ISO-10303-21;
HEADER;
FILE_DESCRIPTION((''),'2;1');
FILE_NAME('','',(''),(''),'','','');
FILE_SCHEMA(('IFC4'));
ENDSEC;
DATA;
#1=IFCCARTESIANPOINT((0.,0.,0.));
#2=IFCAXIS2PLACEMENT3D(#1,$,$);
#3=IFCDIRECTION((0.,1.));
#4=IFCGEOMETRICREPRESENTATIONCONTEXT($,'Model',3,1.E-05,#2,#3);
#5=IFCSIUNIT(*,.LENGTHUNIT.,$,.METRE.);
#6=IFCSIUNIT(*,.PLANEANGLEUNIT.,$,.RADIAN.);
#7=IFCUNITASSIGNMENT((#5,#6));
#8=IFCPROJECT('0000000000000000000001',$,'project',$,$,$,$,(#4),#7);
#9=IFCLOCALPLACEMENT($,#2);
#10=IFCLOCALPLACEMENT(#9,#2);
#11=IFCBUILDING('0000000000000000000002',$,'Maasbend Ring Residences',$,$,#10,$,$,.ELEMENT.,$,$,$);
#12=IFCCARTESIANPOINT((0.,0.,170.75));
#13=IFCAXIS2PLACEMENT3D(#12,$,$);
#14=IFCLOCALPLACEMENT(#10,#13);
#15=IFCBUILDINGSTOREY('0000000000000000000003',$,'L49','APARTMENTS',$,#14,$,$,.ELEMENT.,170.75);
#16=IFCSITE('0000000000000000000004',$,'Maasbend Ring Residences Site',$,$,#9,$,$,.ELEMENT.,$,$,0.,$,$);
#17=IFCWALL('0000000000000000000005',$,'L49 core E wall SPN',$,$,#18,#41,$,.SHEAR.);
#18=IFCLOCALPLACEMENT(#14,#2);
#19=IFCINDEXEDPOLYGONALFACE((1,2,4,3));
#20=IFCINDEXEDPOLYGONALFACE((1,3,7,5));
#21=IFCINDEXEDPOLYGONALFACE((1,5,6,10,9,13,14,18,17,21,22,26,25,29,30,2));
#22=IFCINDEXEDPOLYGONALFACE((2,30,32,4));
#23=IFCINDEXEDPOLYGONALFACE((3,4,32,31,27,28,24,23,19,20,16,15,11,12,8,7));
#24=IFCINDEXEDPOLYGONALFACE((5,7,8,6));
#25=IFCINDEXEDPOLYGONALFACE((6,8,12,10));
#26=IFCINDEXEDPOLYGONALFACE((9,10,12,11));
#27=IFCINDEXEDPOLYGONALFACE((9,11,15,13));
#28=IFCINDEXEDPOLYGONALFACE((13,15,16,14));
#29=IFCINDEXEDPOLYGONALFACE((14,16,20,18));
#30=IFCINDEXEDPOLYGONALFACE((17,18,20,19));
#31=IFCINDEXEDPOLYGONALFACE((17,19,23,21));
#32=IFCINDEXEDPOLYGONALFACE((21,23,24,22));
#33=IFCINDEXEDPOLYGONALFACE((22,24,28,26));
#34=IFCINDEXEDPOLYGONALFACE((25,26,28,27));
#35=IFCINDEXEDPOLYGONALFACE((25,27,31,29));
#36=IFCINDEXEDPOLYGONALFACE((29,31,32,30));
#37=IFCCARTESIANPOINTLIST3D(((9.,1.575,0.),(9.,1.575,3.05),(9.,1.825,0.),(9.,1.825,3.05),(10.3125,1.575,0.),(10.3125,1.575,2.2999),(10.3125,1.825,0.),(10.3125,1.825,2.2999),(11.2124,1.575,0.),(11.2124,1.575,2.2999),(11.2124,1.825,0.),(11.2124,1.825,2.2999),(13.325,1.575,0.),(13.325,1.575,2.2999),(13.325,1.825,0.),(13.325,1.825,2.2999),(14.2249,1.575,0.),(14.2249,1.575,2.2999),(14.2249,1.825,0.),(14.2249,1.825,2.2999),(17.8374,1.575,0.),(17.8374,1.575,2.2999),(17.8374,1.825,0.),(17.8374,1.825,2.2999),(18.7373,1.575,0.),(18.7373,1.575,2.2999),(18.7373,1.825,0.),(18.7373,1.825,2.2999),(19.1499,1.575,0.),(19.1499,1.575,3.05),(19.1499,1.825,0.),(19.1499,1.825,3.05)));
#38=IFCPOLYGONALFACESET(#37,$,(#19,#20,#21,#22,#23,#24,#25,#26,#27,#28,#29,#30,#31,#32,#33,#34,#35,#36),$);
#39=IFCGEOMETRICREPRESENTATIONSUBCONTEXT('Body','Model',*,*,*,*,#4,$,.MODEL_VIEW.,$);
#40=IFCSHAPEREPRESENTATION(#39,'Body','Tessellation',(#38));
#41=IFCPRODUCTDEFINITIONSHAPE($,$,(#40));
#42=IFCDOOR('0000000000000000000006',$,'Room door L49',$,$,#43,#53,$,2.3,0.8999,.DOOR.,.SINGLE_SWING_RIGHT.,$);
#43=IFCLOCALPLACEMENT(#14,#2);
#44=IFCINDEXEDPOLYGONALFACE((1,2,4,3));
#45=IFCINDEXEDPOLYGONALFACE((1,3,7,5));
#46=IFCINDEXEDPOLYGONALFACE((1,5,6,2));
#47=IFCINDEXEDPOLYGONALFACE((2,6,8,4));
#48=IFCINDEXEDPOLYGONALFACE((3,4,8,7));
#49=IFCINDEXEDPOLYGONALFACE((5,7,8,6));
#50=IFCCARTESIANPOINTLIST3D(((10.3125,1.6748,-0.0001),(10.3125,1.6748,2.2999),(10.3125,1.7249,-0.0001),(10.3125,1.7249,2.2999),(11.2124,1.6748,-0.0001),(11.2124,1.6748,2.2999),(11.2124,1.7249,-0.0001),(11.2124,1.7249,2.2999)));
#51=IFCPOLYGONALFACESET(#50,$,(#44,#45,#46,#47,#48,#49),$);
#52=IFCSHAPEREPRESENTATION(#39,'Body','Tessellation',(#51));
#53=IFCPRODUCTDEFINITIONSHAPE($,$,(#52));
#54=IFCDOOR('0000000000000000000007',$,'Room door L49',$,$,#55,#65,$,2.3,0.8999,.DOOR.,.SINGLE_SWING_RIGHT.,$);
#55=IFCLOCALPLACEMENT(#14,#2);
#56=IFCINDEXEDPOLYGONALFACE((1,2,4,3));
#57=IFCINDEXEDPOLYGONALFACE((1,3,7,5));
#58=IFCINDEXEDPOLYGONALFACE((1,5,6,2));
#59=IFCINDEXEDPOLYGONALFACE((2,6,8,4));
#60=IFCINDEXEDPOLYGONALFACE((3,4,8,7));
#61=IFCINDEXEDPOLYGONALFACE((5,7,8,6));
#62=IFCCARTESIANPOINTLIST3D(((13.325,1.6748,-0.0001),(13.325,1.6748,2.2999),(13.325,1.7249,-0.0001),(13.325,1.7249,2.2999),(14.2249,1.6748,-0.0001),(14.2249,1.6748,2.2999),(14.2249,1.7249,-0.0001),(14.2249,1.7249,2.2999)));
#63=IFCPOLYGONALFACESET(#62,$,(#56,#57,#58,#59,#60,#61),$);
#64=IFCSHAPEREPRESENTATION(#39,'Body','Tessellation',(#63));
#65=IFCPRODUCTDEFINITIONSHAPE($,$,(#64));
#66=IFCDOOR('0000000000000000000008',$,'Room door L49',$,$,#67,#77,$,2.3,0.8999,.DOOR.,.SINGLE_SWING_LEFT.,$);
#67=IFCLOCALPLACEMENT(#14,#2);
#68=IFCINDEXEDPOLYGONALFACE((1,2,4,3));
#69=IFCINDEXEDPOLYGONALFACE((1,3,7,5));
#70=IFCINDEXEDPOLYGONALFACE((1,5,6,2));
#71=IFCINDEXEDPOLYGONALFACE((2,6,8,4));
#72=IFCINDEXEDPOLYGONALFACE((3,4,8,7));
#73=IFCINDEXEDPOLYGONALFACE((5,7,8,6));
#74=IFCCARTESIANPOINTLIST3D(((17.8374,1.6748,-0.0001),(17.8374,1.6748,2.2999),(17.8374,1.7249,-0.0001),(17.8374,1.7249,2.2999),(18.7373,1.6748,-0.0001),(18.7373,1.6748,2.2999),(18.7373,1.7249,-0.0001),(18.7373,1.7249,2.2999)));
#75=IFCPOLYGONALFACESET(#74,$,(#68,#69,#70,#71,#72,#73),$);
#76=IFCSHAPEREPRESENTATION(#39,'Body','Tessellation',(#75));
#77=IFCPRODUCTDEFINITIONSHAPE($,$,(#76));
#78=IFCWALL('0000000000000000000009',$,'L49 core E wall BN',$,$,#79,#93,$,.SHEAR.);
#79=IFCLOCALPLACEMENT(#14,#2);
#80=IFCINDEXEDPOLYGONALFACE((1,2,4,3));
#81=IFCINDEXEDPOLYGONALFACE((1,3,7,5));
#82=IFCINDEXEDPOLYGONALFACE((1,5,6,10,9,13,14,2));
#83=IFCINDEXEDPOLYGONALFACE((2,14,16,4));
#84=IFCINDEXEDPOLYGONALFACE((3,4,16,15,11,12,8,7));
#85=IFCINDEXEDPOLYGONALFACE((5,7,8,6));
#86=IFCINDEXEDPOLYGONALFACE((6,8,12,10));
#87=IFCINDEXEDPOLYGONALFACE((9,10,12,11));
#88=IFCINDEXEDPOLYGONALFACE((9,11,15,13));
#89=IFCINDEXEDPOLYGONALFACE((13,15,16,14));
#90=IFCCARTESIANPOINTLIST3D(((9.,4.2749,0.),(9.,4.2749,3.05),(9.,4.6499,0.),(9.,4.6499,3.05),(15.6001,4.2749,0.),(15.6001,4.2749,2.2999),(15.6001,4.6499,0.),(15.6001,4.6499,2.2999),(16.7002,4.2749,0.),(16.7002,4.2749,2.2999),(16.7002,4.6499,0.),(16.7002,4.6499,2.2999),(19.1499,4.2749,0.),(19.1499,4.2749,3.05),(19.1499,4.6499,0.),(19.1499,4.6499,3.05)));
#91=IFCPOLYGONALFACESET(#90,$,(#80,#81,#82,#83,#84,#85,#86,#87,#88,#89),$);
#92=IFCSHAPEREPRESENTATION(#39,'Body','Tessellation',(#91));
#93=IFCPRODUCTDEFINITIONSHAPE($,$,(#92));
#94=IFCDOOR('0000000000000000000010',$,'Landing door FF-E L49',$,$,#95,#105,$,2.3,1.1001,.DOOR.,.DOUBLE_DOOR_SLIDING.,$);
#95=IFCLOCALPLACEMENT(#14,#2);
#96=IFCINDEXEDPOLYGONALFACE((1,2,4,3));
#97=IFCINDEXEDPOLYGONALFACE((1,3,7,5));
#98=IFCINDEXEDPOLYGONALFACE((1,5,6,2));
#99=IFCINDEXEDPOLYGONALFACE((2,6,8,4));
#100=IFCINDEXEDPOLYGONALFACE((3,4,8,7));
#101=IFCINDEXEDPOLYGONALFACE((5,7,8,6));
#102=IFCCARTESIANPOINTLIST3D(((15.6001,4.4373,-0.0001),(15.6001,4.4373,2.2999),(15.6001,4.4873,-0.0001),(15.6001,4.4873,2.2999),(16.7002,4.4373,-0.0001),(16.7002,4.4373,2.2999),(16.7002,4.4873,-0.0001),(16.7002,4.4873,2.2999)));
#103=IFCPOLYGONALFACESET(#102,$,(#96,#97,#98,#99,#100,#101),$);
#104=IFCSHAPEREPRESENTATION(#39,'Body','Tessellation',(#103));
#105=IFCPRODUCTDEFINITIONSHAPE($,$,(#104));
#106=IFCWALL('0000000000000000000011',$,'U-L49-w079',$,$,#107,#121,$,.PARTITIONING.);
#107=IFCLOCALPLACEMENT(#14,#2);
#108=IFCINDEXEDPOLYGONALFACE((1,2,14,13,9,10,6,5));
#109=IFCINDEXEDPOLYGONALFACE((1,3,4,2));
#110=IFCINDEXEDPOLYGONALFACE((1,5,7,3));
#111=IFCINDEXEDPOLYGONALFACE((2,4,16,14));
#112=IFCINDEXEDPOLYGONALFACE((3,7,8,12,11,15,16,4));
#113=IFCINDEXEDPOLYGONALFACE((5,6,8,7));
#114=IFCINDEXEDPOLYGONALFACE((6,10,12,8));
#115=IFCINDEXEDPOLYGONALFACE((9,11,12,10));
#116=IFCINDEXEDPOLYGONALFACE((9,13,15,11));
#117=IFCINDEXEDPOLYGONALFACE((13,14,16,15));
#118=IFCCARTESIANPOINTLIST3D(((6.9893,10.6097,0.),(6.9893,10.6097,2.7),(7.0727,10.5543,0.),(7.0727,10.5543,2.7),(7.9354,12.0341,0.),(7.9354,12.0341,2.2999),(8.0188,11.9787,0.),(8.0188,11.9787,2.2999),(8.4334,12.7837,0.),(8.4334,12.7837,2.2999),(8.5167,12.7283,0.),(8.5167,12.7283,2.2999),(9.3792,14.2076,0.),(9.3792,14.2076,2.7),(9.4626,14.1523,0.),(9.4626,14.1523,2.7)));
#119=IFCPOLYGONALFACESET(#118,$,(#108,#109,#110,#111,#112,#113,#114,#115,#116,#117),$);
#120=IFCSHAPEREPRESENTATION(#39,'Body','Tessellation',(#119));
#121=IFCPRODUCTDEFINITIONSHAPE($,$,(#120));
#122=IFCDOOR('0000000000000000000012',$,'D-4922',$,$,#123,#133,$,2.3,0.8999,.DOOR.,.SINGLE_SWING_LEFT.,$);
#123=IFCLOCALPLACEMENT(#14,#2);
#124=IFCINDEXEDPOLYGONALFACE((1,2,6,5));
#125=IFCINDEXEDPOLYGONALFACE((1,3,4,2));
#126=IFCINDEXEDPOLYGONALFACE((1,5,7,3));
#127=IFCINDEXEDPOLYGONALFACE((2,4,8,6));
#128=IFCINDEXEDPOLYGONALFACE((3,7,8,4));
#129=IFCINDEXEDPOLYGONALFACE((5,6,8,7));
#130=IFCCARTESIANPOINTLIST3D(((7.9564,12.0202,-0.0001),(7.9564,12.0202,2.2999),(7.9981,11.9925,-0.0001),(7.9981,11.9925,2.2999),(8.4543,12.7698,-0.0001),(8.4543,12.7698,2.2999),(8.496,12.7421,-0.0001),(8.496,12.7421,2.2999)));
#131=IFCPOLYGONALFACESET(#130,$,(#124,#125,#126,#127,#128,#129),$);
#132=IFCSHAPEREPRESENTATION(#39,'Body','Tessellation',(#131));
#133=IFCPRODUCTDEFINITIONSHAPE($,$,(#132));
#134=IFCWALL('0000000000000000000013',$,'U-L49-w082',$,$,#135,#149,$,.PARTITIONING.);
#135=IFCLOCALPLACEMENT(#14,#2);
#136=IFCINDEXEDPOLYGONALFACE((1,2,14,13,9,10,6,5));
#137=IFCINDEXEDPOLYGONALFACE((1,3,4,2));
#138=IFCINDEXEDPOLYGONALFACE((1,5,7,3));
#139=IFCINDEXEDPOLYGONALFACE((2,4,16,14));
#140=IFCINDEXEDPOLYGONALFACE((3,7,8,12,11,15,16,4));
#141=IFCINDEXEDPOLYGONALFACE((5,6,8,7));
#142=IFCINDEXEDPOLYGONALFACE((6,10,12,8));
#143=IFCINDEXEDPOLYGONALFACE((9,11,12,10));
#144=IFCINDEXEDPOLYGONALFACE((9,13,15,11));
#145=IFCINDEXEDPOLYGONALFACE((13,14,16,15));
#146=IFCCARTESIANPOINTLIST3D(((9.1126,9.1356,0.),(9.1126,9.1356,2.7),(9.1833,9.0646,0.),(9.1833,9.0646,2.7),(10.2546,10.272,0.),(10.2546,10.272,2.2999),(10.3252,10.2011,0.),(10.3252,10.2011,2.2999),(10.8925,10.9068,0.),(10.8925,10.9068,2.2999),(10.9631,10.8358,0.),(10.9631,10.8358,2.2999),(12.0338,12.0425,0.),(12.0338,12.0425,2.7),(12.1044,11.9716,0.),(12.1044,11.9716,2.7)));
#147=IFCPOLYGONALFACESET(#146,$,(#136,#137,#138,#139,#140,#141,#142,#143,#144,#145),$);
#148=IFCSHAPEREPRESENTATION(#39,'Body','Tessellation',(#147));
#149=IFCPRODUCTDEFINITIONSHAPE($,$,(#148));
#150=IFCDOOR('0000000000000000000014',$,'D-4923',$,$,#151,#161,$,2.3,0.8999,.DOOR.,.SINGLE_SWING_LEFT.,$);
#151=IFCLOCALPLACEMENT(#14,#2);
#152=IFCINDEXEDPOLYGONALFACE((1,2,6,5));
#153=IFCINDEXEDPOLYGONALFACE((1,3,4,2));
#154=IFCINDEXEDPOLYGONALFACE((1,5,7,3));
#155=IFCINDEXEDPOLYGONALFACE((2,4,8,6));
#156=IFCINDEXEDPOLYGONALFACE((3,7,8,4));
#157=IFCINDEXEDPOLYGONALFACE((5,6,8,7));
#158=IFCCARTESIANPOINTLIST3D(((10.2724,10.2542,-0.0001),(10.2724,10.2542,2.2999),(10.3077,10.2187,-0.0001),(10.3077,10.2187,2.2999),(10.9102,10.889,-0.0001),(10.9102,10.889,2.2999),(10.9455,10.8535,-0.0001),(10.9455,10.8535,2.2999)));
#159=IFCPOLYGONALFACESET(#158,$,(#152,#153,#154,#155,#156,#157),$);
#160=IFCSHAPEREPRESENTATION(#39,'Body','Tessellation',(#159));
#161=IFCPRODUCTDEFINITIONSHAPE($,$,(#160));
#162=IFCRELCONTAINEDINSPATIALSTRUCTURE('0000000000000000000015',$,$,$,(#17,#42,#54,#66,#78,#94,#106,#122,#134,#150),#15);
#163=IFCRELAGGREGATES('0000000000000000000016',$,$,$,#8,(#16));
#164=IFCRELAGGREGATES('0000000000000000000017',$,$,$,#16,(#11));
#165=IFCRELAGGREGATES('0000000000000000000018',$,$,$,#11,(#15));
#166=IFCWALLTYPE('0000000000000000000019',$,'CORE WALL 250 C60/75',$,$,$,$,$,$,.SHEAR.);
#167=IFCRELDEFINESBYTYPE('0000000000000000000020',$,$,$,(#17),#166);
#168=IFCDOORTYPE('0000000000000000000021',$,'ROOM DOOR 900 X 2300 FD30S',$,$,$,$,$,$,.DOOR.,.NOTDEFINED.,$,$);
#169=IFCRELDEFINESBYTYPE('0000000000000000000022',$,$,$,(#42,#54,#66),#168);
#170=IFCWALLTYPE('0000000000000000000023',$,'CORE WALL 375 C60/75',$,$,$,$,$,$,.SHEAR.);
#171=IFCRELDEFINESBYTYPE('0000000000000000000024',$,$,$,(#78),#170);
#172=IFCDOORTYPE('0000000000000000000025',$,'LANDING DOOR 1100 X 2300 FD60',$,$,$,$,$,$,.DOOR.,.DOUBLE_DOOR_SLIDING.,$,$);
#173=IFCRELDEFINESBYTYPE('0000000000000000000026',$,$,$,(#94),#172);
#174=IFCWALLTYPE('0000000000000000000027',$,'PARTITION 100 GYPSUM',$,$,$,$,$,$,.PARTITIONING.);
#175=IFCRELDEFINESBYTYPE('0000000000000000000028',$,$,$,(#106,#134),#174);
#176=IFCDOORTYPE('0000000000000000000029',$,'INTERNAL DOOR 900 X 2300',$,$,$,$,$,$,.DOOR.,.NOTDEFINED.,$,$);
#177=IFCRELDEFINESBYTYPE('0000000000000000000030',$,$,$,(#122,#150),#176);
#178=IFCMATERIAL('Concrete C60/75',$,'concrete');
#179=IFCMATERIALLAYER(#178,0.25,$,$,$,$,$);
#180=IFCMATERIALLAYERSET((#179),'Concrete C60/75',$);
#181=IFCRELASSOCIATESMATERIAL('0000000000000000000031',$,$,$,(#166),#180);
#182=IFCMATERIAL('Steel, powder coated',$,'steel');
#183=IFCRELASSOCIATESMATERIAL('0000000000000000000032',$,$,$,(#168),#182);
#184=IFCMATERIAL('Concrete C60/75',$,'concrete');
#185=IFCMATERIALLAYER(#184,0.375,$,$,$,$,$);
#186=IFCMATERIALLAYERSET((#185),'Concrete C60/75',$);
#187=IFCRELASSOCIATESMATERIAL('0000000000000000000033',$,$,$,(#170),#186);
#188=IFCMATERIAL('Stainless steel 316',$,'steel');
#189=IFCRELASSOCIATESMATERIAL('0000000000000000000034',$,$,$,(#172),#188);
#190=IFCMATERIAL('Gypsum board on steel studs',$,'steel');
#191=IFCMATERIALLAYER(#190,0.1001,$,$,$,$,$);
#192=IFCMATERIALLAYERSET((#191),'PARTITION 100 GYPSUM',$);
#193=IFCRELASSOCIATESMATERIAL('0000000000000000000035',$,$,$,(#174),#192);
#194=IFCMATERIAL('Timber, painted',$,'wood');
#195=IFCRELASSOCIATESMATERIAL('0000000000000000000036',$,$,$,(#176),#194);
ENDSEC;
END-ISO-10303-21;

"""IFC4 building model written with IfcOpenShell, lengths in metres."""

from ifc_helpers import new_model, si_unit, direction, frame, frame_2d, origin, place, context, subcontext, project, spatial, rectangle, extrude, material, layer, layer_set, type_object, element, fill, save


model = new_model("IFC4")

# Units and contexts
model_context = context("Model", 3, precision=1e-05, world=origin(), true_north=direction((0.0, 1.0)))
body_context = subcontext(model_context, "Body", "Model", "MODEL_VIEW")
ifc_project = project(units=[si_unit("LENGTHUNIT", "METRE"), si_unit("PLANEANGLEUNIT", "RADIAN")], contexts=[model_context])

# Site, building, storey
site_placement = place(None, origin())
site = spatial("IfcSite", under=ifc_project, at=site_placement, Name="Maasbend Ring Residences Site", CompositionType="ELEMENT", RefElevation=0.0)
building_placement = place(site_placement, origin())
building = spatial("IfcBuilding", under=site, at=building_placement, Name="Maasbend Ring Residences", CompositionType="ELEMENT")
storey_placement = place(building_placement, frame((0.0, 0.0, 170.75)))
storey = spatial("IfcBuildingStorey", under=building, at=storey_placement, Name="L49", Description="APARTMENTS", CompositionType="ELEMENT", Elevation=170.75)

# Wall, openings, doors
ifc_material_1 = material(Name="Concrete C60/75", Category="concrete")
ifc_layer_1 = layer(ifc_material_1, 0.25)
ifc_layer_set_1 = layer_set([ifc_layer_1], Name="Concrete C60/75")
wall_type_1 = type_object("IfcWallType", Name="CORE WALL 250 C60/75", PredefinedType="SHEAR", material=ifc_layer_set_1)
wall_1_placement = place(storey_placement, frame((9.0, 1.7, 0.0), z_axis=(0.0, 0.0, 1.0), x_axis=(1.0, 0.0, 0.0)))
wall_1 = element("IfcWall", 1, at=wall_1_placement, inside=storey, type_object=wall_type_1, Name="L49 core E wall SPN", PredefinedType="SHEAR", context=body_context, shape_type="SweptSolid", body=[
    extrude(rectangle(XDim=10.1499, YDim=0.25, at=frame_2d((5.075, 0.0))), origin(), (0.0, 0.0, 1.0), 3.05),
])
opening_1_placement = place(wall_1_placement, frame((1.3125, 0.0, 0.0)))
opening_1 = element("IfcOpeningElement", 2, at=opening_1_placement, cuts=wall_1, PredefinedType="OPENING", context=body_context, shape_type="SweptSolid", body=[
    extrude(rectangle(XDim=0.8999, YDim=2.3, at=frame_2d((0.45, 1.1499))), frame((0.0, 0.135, 0.0), z_axis=(0.0, -1.0, 0.0), x_axis=(1.0, 0.0, 0.0)), (0.0, 0.0, 1.0), 0.27),
])
opening_2_placement = place(wall_1_placement, frame((4.325, 0.0, 0.0)))
opening_2 = element("IfcOpeningElement", 3, at=opening_2_placement, cuts=wall_1, PredefinedType="OPENING", context=body_context, shape_type="SweptSolid", body=[
    extrude(rectangle(XDim=0.8999, YDim=2.3, at=frame_2d((0.45, 1.1499))), frame((0.0, 0.135, 0.0), z_axis=(0.0, -1.0, 0.0), x_axis=(1.0, 0.0, 0.0)), (0.0, 0.0, 1.0), 0.27),
])
opening_3_placement = place(wall_1_placement, frame((8.8374, 0.0, 0.0)))
opening_3 = element("IfcOpeningElement", 4, at=opening_3_placement, cuts=wall_1, PredefinedType="OPENING", context=body_context, shape_type="SweptSolid", body=[
    extrude(rectangle(XDim=0.8999, YDim=2.3, at=frame_2d((0.45, 1.1499))), frame((0.0, 0.135, 0.0), z_axis=(0.0, -1.0, 0.0), x_axis=(1.0, 0.0, 0.0)), (0.0, 0.0, 1.0), 0.27),
])
ifc_material_2 = material(Name="Steel, powder coated", Category="steel")
door_type_1 = type_object("IfcDoorType", Name="ROOM DOOR 900 X 2300 FD30S", OperationType="NOTDEFINED", PredefinedType="DOOR", material=ifc_material_2)
door_1_placement = place(opening_1_placement, origin())
door_1 = element("IfcDoor", 5, at=door_1_placement, inside=storey, type_object=door_type_1, Name="Room door L49", OperationType="SINGLE_SWING_RIGHT", OverallHeight=2.3, OverallWidth=0.8999, PredefinedType="DOOR", context=body_context, shape_type="SweptSolid", body=[
    extrude(rectangle(XDim=0.8999, YDim=2.3, at=frame_2d((0.45, 1.1499))), frame((0.0, 0.0249, 0.0), z_axis=(0.0, -1.0, 0.0), x_axis=(1.0, 0.0, 0.0)), (0.0, 0.0, 1.0), 0.05),
])
fill(opening_1, door_1)
door_2_placement = place(opening_2_placement, origin())
door_2 = element("IfcDoor", 6, at=door_2_placement, inside=storey, type_object=door_type_1, Name="Room door L49", OperationType="SINGLE_SWING_RIGHT", OverallHeight=2.3, OverallWidth=0.8999, PredefinedType="DOOR", context=body_context, shape_type="SweptSolid", body=[
    extrude(rectangle(XDim=0.8999, YDim=2.3, at=frame_2d((0.45, 1.1499))), frame((0.0, 0.0249, 0.0), z_axis=(0.0, -1.0, 0.0), x_axis=(1.0, 0.0, 0.0)), (0.0, 0.0, 1.0), 0.05),
])
fill(opening_2, door_2)
door_3_placement = place(opening_3_placement, origin())
door_3 = element("IfcDoor", 7, at=door_3_placement, inside=storey, type_object=door_type_1, Name="Room door L49", OperationType="SINGLE_SWING_LEFT", OverallHeight=2.3, OverallWidth=0.8999, PredefinedType="DOOR", context=body_context, shape_type="SweptSolid", body=[
    extrude(rectangle(XDim=0.8999, YDim=2.3, at=frame_2d((0.45, 1.1499))), frame((0.0, 0.0249, 0.0), z_axis=(0.0, -1.0, 0.0), x_axis=(1.0, 0.0, 0.0)), (0.0, 0.0, 1.0), 0.05),
])
fill(opening_3, door_3)

# Walls, openings, doors
ifc_material_3 = material(Name="Concrete C60/75", Category="concrete")
ifc_layer_2 = layer(ifc_material_3, 0.375)
ifc_layer_set_2 = layer_set([ifc_layer_2], Name="Concrete C60/75")
wall_type_2 = type_object("IfcWallType", Name="CORE WALL 375 C60/75", PredefinedType="SHEAR", material=ifc_layer_set_2)
wall_2_placement = place(storey_placement, frame((9.0, 4.4624, 0.0), z_axis=(0.0, 0.0, 1.0), x_axis=(1.0, 0.0, 0.0)))
wall_2 = element("IfcWall", 8, at=wall_2_placement, inside=storey, type_object=wall_type_2, Name="L49 core E wall BN", PredefinedType="SHEAR", context=body_context, shape_type="SweptSolid", body=[
    extrude(rectangle(XDim=10.1499, YDim=0.375, at=frame_2d((5.075, 0.0))), origin(), (0.0, 0.0, 1.0), 3.05),
])
opening_4_placement = place(wall_2_placement, frame((6.6001, 0.0, 0.0)))
opening_4 = element("IfcOpeningElement", 9, at=opening_4_placement, cuts=wall_2, PredefinedType="OPENING", context=body_context, shape_type="SweptSolid", body=[
    extrude(rectangle(XDim=1.1001, YDim=2.3, at=frame_2d((0.55, 1.1499))), frame((0.0, 0.1975, 0.0), z_axis=(0.0, -1.0, 0.0), x_axis=(1.0, 0.0, 0.0)), (0.0, 0.0, 1.0), 0.395),
])
ifc_material_4 = material(Name="Stainless steel 316", Category="steel")
door_type_2 = type_object("IfcDoorType", Name="LANDING DOOR 1100 X 2300 FD60", OperationType="DOUBLE_DOOR_SLIDING", PredefinedType="DOOR", material=ifc_material_4)
door_4_placement = place(opening_4_placement, origin())
door_4 = element("IfcDoor", 10, at=door_4_placement, inside=storey, type_object=door_type_2, Name="Landing door FF-E L49", OperationType="DOUBLE_DOOR_SLIDING", OverallHeight=2.3, OverallWidth=1.1001, PredefinedType="DOOR", context=body_context, shape_type="SweptSolid", body=[
    extrude(rectangle(XDim=1.1001, YDim=2.3, at=frame_2d((0.55, 1.1499))), frame((0.0, 0.0249, 0.0), z_axis=(0.0, -1.0, 0.0), x_axis=(1.0, 0.0, 0.0)), (0.0, 0.0, 1.0), 0.05),
])
fill(opening_4, door_4)
ifc_material_5 = material(Name="Gypsum board on steel studs", Category="steel")
ifc_layer_3 = layer(ifc_material_5, 0.1001)
ifc_layer_set_3 = layer_set([ifc_layer_3], Name="PARTITION 100 GYPSUM")
wall_type_3 = type_object("IfcWallType", Name="PARTITION 100 GYPSUM", PredefinedType="PARTITIONING", material=ifc_layer_set_3)
wall_3_placement = place(storey_placement, frame((7.031, 10.582, 0.0), z_axis=(0.0, 0.0, 1.0), x_axis=(0.553304, 0.83298, 0.0)))
wall_3 = element("IfcWall", 11, at=wall_3_placement, inside=storey, type_object=wall_type_3, Name="U-L49-w079", PredefinedType="PARTITIONING", context=body_context, shape_type="SweptSolid", body=[
    extrude(rectangle(XDim=4.3193, YDim=0.1001, at=frame_2d((2.1597, 0.0))), origin(), (0.0, 0.0, 1.0), 2.7),
])
opening_5_placement = place(wall_3_placement, frame((1.71, 0.0, 0.0)))
opening_5 = element("IfcOpeningElement", 12, at=opening_5_placement, cuts=wall_3, PredefinedType="OPENING", context=body_context, shape_type="SweptSolid", body=[
    extrude(rectangle(XDim=0.8999, YDim=2.3, at=frame_2d((0.45, 1.1499))), frame((0.0, 0.0601, 0.0), z_axis=(0.0, -1.0, 0.0), x_axis=(1.0, 0.0, 0.0)), (0.0, 0.0, 1.0), 0.1201),
])
ifc_material_6 = material(Name="Timber, painted", Category="wood")
door_type_3 = type_object("IfcDoorType", Name="INTERNAL DOOR 900 X 2300", OperationType="NOTDEFINED", PredefinedType="DOOR", material=ifc_material_6)
door_5_placement = place(opening_5_placement, origin())
door_5 = element("IfcDoor", 13, at=door_5_placement, inside=storey, type_object=door_type_3, Name="D-4922", OperationType="SINGLE_SWING_LEFT", OverallHeight=2.3, OverallWidth=0.8999, PredefinedType="DOOR", context=body_context, shape_type="SweptSolid", body=[
    extrude(rectangle(XDim=0.8999, YDim=2.3, at=frame_2d((0.45, 1.1499))), frame((0.0, 0.0249, 0.0), z_axis=(0.0, -1.0, 0.0), x_axis=(1.0, 0.0, 0.0)), (0.0, 0.0, 1.0), 0.05),
])
fill(opening_5, door_5)
wall_4_placement = place(storey_placement, frame((9.1479, 9.1001, 0.0), z_axis=(0.0, 0.0, 1.0), x_axis=(0.708823, 0.705387, 0.0)))
wall_4 = element("IfcWall", 14, at=wall_4_placement, inside=storey, type_object=wall_type_3, Name="U-L49-w082", PredefinedType="PARTITIONING", context=body_context, shape_type="SweptSolid", body=[
    extrude(rectangle(XDim=4.1211, YDim=0.1001, at=frame_2d((2.0605, 0.0))), origin(), (0.0, 0.0, 1.0), 2.7),
])
opening_6_placement = place(wall_4_placement, frame((1.6111, 0.0, 0.0)))
opening_6 = element("IfcOpeningElement", 15, at=opening_6_placement, cuts=wall_4, PredefinedType="OPENING", context=body_context, shape_type="SweptSolid", body=[
    extrude(rectangle(XDim=0.8999, YDim=2.3, at=frame_2d((0.45, 1.1499))), frame((0.0, 0.0601, 0.0), z_axis=(0.0, -1.0, 0.0), x_axis=(1.0, 0.0, 0.0)), (0.0, 0.0, 1.0), 0.1201),
])
door_6_placement = place(opening_6_placement, origin())
door_6 = element("IfcDoor", 16, at=door_6_placement, inside=storey, type_object=door_type_3, Name="D-4923", OperationType="SINGLE_SWING_LEFT", OverallHeight=2.3, OverallWidth=0.8999, PredefinedType="DOOR", context=body_context, shape_type="SweptSolid", body=[
    extrude(rectangle(XDim=0.8999, YDim=2.3, at=frame_2d((0.45, 1.1499))), frame((0.0, 0.0249, 0.0), z_axis=(0.0, -1.0, 0.0), x_axis=(1.0, 0.0, 0.0)), (0.0, 0.0, 1.0), 0.05),
])
fill(opening_6, door_6)

save(model, "model.ifc")
